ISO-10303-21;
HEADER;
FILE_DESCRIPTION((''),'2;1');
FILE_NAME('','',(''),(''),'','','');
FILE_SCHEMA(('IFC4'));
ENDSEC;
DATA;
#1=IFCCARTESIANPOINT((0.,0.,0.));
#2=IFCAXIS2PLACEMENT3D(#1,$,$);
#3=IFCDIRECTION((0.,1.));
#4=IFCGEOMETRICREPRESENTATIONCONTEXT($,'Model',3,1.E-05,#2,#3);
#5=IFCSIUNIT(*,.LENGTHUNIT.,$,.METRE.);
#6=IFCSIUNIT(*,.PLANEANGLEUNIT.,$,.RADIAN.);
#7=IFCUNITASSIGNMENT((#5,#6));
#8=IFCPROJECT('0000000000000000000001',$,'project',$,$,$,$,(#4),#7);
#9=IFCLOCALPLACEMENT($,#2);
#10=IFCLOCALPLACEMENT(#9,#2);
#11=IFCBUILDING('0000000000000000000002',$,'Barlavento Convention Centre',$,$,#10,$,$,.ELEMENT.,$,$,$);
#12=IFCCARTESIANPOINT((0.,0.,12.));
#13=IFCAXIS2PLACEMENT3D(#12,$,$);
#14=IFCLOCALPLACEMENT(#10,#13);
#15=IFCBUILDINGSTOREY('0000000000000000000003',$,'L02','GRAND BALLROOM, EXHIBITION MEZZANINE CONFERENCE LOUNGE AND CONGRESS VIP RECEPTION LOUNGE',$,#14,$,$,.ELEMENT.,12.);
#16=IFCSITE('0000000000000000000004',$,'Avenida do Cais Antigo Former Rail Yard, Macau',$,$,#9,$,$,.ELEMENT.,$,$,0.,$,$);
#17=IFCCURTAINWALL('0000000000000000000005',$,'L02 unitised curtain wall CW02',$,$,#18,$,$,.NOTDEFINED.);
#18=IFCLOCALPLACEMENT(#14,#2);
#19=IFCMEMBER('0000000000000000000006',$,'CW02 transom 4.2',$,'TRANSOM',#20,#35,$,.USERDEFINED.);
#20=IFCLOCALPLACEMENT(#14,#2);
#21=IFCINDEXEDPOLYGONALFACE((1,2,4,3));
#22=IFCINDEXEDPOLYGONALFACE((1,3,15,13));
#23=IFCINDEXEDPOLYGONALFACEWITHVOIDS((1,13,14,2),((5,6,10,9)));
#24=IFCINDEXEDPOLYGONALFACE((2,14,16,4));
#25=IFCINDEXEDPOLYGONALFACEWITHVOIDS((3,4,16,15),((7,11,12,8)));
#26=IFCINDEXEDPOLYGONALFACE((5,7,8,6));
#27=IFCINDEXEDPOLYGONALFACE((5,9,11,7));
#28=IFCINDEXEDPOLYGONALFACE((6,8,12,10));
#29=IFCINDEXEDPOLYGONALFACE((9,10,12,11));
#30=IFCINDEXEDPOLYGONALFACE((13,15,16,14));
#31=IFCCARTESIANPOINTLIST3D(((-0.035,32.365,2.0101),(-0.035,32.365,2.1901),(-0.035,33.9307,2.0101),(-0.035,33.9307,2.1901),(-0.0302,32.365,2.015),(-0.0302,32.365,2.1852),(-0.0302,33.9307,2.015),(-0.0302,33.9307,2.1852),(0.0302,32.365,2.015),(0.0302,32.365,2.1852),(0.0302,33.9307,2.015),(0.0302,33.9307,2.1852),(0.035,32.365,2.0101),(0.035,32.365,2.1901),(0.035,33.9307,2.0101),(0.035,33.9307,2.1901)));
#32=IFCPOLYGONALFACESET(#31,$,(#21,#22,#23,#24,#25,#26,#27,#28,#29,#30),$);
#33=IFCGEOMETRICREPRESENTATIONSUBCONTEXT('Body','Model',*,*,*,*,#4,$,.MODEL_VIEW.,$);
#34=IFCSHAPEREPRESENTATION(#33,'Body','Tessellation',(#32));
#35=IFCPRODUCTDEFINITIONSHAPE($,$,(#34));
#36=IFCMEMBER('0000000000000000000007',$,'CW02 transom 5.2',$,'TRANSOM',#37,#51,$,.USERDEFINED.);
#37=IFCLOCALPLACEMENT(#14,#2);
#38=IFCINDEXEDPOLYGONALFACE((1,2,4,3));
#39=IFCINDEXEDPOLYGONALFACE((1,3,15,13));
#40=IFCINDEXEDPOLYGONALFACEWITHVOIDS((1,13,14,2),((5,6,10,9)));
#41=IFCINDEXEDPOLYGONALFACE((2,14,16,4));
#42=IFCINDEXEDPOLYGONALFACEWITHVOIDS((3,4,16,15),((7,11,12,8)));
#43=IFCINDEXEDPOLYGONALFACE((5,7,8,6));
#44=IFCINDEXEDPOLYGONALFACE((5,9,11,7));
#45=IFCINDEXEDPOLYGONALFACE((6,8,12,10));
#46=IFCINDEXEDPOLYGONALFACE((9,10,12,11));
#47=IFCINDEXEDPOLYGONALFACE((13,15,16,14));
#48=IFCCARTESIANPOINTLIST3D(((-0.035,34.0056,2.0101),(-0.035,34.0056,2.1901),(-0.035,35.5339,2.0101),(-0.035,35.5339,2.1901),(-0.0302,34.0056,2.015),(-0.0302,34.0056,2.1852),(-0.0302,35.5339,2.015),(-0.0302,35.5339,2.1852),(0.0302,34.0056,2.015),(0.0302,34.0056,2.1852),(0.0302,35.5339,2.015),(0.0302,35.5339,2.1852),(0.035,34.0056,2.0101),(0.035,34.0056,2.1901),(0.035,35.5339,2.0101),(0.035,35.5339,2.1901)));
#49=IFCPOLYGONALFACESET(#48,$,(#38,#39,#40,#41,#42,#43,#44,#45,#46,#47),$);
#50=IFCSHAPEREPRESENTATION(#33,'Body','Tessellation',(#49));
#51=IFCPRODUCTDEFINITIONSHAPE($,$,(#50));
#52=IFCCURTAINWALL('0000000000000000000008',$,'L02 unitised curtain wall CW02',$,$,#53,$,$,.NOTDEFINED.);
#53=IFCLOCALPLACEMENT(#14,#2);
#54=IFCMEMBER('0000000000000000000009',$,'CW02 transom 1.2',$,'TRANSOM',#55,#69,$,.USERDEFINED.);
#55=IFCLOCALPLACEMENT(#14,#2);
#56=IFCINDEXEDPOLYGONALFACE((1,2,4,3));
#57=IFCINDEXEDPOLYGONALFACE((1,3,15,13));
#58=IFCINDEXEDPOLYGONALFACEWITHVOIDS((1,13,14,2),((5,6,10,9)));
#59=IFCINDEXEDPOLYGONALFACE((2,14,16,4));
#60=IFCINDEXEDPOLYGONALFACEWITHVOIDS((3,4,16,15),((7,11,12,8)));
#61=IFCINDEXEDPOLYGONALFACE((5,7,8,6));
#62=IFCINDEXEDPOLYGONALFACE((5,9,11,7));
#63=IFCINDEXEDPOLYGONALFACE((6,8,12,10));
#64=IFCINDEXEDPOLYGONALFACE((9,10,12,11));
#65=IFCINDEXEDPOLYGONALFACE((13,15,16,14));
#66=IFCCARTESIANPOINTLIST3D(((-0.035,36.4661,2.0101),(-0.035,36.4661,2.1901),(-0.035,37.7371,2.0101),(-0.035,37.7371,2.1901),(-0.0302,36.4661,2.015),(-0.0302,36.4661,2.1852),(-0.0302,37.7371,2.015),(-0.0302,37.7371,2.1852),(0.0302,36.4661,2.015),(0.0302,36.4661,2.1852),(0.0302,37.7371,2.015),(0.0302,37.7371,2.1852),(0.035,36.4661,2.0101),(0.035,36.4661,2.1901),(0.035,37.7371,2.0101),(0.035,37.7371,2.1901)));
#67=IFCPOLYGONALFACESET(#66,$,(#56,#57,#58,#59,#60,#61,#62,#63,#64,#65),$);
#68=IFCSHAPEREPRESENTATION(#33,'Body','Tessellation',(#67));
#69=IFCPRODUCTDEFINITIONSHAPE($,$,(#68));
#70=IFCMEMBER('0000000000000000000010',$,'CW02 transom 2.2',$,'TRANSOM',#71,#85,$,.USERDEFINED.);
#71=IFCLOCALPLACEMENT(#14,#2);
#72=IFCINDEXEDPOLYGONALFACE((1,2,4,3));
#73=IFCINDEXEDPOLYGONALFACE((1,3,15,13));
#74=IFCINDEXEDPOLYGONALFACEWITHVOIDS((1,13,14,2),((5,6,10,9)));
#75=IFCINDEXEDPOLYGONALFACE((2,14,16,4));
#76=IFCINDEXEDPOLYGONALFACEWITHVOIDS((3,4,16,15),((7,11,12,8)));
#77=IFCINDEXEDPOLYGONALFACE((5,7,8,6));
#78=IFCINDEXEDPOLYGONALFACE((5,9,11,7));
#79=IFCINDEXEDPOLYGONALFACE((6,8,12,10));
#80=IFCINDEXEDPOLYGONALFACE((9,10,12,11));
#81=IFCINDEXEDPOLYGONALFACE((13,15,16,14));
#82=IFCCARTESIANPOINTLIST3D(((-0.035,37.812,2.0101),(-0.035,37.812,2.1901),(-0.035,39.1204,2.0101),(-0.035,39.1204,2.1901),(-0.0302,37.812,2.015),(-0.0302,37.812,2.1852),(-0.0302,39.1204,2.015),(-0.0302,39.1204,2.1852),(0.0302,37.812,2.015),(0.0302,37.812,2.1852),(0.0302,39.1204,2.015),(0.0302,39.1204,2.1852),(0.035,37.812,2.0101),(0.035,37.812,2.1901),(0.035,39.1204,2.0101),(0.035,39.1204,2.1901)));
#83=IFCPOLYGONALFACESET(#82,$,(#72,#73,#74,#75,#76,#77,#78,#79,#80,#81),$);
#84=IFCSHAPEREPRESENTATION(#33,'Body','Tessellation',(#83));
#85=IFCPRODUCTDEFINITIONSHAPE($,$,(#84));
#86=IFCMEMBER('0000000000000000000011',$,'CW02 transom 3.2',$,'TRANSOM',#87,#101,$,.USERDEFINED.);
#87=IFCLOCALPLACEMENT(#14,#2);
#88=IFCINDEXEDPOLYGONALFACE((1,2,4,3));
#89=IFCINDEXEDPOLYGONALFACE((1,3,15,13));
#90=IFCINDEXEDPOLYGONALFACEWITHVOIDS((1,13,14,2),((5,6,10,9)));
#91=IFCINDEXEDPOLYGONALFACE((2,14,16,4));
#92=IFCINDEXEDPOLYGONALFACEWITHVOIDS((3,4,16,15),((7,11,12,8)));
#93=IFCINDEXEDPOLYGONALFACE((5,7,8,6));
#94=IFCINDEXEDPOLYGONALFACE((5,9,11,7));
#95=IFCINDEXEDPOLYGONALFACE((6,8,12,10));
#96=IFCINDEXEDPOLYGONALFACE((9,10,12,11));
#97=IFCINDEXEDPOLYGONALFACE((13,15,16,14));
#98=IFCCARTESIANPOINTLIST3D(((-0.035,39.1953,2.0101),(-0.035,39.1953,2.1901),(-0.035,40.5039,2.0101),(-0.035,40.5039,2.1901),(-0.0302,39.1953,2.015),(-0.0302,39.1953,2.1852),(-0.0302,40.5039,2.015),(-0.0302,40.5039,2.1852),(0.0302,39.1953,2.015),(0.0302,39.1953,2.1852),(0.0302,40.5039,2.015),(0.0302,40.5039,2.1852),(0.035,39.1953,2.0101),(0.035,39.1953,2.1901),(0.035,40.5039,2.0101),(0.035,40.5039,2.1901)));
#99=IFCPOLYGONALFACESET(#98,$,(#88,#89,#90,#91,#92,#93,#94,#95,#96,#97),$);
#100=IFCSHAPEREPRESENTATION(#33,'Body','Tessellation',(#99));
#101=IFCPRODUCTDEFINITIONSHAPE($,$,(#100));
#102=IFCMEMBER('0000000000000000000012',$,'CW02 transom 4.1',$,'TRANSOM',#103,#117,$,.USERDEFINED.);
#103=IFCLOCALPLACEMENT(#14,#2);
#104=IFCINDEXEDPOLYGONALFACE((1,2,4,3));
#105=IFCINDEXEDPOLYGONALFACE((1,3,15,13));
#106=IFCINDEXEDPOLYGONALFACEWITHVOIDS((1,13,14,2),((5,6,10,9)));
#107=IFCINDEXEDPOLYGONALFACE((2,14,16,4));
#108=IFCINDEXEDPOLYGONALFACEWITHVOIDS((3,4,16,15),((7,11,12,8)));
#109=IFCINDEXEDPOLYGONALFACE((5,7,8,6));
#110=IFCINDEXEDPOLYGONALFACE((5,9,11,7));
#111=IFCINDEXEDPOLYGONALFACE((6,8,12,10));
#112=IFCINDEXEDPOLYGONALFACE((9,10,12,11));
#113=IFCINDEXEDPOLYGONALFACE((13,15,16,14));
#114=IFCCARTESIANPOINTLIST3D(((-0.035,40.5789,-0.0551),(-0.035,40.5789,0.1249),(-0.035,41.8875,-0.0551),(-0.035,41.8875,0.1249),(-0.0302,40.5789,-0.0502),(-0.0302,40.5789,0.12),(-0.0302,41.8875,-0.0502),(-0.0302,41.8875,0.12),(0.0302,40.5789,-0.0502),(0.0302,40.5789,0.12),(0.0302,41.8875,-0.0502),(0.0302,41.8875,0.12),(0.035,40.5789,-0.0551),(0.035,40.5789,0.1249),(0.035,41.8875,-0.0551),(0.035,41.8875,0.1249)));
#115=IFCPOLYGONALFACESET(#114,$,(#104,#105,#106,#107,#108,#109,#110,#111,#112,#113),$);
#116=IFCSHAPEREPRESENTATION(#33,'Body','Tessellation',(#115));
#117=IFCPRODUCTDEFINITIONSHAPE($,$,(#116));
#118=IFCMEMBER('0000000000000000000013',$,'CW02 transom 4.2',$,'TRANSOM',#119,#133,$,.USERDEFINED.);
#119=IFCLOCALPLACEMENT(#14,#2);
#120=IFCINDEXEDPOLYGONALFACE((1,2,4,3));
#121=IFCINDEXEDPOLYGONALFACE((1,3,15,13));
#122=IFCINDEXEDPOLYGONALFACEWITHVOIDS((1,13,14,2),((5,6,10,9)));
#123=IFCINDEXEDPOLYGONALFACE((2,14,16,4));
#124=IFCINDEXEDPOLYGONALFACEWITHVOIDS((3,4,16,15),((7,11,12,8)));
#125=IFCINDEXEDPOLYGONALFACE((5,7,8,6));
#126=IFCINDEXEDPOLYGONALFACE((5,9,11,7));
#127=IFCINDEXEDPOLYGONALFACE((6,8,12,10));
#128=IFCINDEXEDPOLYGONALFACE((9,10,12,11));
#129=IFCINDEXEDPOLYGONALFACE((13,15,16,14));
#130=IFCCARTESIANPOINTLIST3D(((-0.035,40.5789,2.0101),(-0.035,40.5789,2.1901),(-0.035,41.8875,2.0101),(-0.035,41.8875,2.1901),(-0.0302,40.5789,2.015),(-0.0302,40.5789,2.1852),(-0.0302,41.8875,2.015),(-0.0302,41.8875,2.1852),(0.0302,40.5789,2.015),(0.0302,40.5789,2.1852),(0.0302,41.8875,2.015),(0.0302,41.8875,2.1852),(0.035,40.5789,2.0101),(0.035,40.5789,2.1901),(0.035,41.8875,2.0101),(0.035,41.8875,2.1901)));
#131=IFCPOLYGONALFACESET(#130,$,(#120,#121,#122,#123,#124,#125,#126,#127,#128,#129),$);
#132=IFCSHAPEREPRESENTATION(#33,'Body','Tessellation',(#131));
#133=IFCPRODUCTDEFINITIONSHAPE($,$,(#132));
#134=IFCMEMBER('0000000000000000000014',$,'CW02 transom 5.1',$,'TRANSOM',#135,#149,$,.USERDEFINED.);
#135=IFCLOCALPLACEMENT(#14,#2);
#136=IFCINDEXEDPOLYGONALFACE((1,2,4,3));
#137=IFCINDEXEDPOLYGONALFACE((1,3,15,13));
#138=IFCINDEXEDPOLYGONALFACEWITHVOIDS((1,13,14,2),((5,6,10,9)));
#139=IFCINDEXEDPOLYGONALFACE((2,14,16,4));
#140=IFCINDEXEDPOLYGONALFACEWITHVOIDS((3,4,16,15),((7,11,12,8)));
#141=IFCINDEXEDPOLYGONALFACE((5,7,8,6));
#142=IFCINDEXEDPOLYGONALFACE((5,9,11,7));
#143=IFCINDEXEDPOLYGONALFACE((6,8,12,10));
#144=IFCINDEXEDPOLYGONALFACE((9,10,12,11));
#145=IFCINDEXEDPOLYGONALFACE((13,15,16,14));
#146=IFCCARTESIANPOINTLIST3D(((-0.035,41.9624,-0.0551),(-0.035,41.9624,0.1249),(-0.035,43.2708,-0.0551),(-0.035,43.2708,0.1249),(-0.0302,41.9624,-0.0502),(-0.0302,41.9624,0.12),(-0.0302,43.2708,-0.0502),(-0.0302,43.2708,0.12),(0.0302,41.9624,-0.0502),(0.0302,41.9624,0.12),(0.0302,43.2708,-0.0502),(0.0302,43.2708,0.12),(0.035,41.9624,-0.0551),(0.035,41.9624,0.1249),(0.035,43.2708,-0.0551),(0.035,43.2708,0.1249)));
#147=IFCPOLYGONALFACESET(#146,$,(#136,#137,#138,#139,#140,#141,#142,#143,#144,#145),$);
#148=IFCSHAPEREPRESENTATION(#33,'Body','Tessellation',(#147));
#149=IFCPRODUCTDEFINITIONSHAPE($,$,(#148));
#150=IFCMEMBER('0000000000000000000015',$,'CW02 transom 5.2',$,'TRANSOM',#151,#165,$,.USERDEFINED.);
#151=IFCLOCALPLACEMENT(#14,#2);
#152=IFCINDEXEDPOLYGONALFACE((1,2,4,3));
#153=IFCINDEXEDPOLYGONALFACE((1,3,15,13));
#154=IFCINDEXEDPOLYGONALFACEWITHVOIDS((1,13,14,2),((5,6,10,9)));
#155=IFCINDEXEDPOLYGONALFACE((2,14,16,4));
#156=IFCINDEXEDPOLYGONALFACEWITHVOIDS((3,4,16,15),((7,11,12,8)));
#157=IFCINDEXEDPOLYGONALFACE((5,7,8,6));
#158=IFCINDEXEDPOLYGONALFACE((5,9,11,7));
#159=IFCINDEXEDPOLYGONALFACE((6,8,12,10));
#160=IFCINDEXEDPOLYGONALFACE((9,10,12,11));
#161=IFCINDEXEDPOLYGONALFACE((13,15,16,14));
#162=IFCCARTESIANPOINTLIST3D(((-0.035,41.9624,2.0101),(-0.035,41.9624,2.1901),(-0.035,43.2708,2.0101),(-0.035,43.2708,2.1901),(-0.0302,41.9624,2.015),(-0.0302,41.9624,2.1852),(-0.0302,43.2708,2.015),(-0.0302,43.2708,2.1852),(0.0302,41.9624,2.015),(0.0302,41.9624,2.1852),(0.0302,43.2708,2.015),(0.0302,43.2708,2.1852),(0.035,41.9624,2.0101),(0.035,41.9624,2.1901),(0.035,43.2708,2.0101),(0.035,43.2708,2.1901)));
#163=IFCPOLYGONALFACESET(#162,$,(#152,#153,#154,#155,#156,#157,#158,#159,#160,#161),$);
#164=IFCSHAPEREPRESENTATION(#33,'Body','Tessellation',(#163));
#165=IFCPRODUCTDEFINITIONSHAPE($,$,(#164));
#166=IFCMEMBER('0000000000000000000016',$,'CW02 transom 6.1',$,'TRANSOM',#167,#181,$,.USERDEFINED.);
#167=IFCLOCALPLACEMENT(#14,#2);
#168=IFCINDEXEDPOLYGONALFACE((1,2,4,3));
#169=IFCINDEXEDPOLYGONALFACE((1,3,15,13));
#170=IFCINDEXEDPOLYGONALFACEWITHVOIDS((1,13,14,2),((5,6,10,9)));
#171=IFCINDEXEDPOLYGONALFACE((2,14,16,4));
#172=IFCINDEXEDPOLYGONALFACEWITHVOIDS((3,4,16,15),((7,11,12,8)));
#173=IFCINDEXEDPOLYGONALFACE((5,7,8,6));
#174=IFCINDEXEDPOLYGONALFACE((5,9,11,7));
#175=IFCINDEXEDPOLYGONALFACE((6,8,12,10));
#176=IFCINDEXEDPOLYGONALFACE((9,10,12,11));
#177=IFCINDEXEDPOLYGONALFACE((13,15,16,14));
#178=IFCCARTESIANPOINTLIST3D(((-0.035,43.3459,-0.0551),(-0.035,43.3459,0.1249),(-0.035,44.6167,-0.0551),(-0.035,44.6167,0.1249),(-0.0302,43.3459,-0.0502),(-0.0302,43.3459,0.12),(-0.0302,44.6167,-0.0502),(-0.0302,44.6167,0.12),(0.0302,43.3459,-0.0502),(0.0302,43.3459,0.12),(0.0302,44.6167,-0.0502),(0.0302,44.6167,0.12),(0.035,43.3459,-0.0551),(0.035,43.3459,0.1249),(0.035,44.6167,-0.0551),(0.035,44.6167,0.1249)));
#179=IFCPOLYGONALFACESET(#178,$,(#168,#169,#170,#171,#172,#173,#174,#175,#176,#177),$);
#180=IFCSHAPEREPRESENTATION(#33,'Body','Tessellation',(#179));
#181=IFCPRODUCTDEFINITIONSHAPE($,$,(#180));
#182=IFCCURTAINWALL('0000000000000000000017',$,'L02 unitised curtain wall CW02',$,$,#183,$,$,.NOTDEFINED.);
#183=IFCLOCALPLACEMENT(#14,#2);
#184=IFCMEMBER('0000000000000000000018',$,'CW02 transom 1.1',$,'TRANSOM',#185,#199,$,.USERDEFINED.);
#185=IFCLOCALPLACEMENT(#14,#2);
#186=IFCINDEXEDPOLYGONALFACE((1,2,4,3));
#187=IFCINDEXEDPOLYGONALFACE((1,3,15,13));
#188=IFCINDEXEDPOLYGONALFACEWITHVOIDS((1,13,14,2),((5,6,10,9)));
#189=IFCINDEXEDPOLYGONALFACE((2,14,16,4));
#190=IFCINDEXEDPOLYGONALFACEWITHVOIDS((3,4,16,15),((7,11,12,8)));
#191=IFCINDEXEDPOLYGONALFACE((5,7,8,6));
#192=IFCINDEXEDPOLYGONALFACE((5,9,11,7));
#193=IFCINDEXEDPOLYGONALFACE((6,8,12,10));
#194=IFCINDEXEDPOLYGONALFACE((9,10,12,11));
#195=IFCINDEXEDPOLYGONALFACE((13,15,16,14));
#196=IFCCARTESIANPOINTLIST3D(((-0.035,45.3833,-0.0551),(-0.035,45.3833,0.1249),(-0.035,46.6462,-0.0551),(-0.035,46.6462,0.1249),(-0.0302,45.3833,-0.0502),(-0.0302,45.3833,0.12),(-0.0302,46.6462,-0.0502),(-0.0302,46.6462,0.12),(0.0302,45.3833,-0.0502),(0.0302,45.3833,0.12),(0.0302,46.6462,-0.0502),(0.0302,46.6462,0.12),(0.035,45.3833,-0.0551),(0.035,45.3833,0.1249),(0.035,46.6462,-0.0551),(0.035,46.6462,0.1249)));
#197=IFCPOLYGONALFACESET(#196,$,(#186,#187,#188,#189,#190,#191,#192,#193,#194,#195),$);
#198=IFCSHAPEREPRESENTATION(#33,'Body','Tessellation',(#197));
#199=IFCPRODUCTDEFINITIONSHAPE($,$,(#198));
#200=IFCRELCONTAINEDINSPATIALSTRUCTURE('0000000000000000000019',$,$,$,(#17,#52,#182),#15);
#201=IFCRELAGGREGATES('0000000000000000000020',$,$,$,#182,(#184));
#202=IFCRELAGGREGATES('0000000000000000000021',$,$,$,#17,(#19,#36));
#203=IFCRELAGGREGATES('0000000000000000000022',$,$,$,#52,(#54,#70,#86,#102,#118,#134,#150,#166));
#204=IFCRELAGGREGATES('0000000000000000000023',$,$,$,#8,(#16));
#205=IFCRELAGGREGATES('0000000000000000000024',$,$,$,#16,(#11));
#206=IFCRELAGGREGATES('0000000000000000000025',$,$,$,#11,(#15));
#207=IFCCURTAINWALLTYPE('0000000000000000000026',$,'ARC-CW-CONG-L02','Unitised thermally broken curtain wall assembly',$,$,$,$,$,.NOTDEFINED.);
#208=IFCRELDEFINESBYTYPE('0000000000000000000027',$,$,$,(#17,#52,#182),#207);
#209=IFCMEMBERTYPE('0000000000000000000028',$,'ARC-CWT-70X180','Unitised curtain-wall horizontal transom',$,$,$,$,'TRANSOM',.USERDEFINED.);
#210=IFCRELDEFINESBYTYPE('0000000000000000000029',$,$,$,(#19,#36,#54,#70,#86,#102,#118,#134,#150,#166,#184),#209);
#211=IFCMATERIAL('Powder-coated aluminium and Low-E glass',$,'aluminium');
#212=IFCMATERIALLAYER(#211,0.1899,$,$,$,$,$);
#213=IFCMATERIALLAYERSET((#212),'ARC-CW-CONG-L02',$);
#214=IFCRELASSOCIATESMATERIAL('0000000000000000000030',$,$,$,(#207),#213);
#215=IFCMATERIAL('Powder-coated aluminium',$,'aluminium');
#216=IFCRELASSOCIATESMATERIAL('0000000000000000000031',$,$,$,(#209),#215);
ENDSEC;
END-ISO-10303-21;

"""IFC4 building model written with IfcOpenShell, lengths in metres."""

from ifc_helpers import new_model, si_unit, direction, frame, origin, origin_2d, place, context, subcontext, project, spatial, hollow_rectangle, extrude, material, layer, layer_set, material_profile, profile_set, type_object, element, aggregate, save


model = new_model("IFC4")

# Units and contexts
model_context = context("Model", 3, precision=1e-05, world=origin(), true_north=direction((0.0, 1.0)))
body_context = subcontext(model_context, "Body", "Model", "MODEL_VIEW")
ifc_project = project(units=[si_unit("LENGTHUNIT", "METRE"), si_unit("PLANEANGLEUNIT", "RADIAN")], contexts=[model_context])

# Site, building, storey
site_placement = place(None, origin())
site = spatial("IfcSite", under=ifc_project, at=site_placement, Name="Avenida do Cais Antigo Former Rail Yard, Macau", CompositionType="ELEMENT", RefElevation=0.0)
building_placement = place(site_placement, origin())
building = spatial("IfcBuilding", under=site, at=building_placement, Name="Barlavento Convention Centre", CompositionType="ELEMENT")
storey_placement = place(building_placement, frame((0.0, 0.0, 12.0)))
storey = spatial("IfcBuildingStorey", under=building, at=storey_placement, Name="L02", Description="GRAND BALLROOM, EXHIBITION MEZZANINE CONFERENCE LOUNGE AND CONGRESS VIP RECEPTION LOUNGE", CompositionType="ELEMENT", Elevation=12.0)

# Curtain walls, members
ifc_material_1 = material(Name="Powder-coated aluminium and Low-E glass", Category="aluminium")
ifc_layer_1 = layer(ifc_material_1, 0.1899)
ifc_layer_set_1 = layer_set([ifc_layer_1], Name="ARC-CW-CONG-L02")
curtain_wall_type = type_object("IfcCurtainWallType", Name="ARC-CW-CONG-L02", Description="Unitised thermally broken curtain wall assembly", PredefinedType="NOTDEFINED", material=ifc_layer_set_1)
curtain_wall_1_placement = place(storey_placement, origin())
curtain_wall_1 = element("IfcCurtainWall", 1, at=curtain_wall_1_placement, inside=storey, type_object=curtain_wall_type, Name="L02 unitised curtain wall CW02", PredefinedType="NOTDEFINED")
ifc_material_2 = material(Name="Powder-coated aluminium", Category="aluminium")
ifc_material_profile = material_profile(ifc_material_2, hollow_rectangle(XDim=0.0701, YDim=0.1799, WallThickness=0.0049, at=origin_2d()), Name="AL-TRAN 70x180x5")
ifc_profile_set = profile_set([ifc_material_profile], Name="Powder-coated aluminium")
member_type = type_object("IfcMemberType", Name="ARC-CWT-70X180", Description="Unitised curtain-wall horizontal transom", ElementType="TRANSOM", PredefinedType="USERDEFINED", material=ifc_profile_set)
member_1_placement = place(storey_placement, frame((0.0, 32.365, 2.1001), z_axis=(0.0, 1.0, 0.0), x_axis=(-1.0, 0.0, 0.0)))
member_1 = element("IfcMember", 2, at=member_1_placement, type_object=member_type, Name="CW02 transom 4.2", ObjectType="TRANSOM", PredefinedType="USERDEFINED", context=body_context, shape_type="SweptSolid", body=[
    extrude(hollow_rectangle(XDim=0.0701, YDim=0.1799, WallThickness=0.0049, at=origin_2d()), origin(), (0.0, 0.0, 1.0), 1.5657),
])
member_2_placement = place(storey_placement, frame((0.0, 34.0056, 2.1001), z_axis=(0.0, 1.0, 0.0), x_axis=(-1.0, 0.0, 0.0)))
member_2 = element("IfcMember", 3, at=member_2_placement, type_object=member_type, Name="CW02 transom 5.2", ObjectType="TRANSOM", PredefinedType="USERDEFINED", context=body_context, shape_type="SweptSolid", body=[
    extrude(hollow_rectangle(XDim=0.0701, YDim=0.1799, WallThickness=0.0049, at=origin_2d()), origin(), (0.0, 0.0, 1.0), 1.5283),
])
curtain_wall_2_placement = place(storey_placement, origin())
curtain_wall_2 = element("IfcCurtainWall", 4, at=curtain_wall_2_placement, inside=storey, type_object=curtain_wall_type, Name="L02 unitised curtain wall CW02", PredefinedType="NOTDEFINED")
member_3_placement = place(storey_placement, frame((0.0, 36.4661, 2.1001), z_axis=(0.0, 1.0, 0.0), x_axis=(-1.0, 0.0, 0.0)))
member_3 = element("IfcMember", 5, at=member_3_placement, type_object=member_type, Name="CW02 transom 1.2", ObjectType="TRANSOM", PredefinedType="USERDEFINED", context=body_context, shape_type="SweptSolid", body=[
    extrude(hollow_rectangle(XDim=0.0701, YDim=0.1799, WallThickness=0.0049, at=origin_2d()), origin(), (0.0, 0.0, 1.0), 1.271),
])
member_4_placement = place(storey_placement, frame((0.0, 37.812, 2.1001), z_axis=(0.0, 1.0, 0.0), x_axis=(-1.0, 0.0, 0.0)))
member_4 = element("IfcMember", 6, at=member_4_placement, type_object=member_type, Name="CW02 transom 2.2", ObjectType="TRANSOM", PredefinedType="USERDEFINED", context=body_context, shape_type="SweptSolid", body=[
    extrude(hollow_rectangle(XDim=0.0701, YDim=0.1799, WallThickness=0.0049, at=origin_2d()), origin(), (0.0, 0.0, 1.0), 1.3083),
])
member_5_placement = place(storey_placement, frame((0.0, 39.1953, 2.1001), z_axis=(0.0, 1.0, 0.0), x_axis=(-1.0, 0.0, 0.0)))
member_5 = element("IfcMember", 7, at=member_5_placement, type_object=member_type, Name="CW02 transom 3.2", ObjectType="TRANSOM", PredefinedType="USERDEFINED", context=body_context, shape_type="SweptSolid", body=[
    extrude(hollow_rectangle(XDim=0.0701, YDim=0.1799, WallThickness=0.0049, at=origin_2d()), origin(), (0.0, 0.0, 1.0), 1.3086),
])
member_6_placement = place(storey_placement, frame((0.0, 40.5789, 0.0349), z_axis=(0.0, 1.0, 0.0), x_axis=(-1.0, 0.0, 0.0)))
member_6 = element("IfcMember", 8, at=member_6_placement, type_object=member_type, Name="CW02 transom 4.1", ObjectType="TRANSOM", PredefinedType="USERDEFINED", context=body_context, shape_type="SweptSolid", body=[
    extrude(hollow_rectangle(XDim=0.0701, YDim=0.1799, WallThickness=0.0049, at=origin_2d()), origin(), (0.0, 0.0, 1.0), 1.3086),
])
member_7_placement = place(storey_placement, frame((0.0, 40.5789, 2.1001), z_axis=(0.0, 1.0, 0.0), x_axis=(-1.0, 0.0, 0.0)))
member_7 = element("IfcMember", 9, at=member_7_placement, type_object=member_type, Name="CW02 transom 4.2", ObjectType="TRANSOM", PredefinedType="USERDEFINED", context=body_context, shape_type="SweptSolid", body=[
    extrude(hollow_rectangle(XDim=0.0701, YDim=0.1799, WallThickness=0.0049, at=origin_2d()), origin(), (0.0, 0.0, 1.0), 1.3086),
])
member_8_placement = place(storey_placement, frame((0.0, 41.9624, 0.0349), z_axis=(0.0, 1.0, 0.0), x_axis=(-1.0, 0.0, 0.0)))
member_8 = element("IfcMember", 10, at=member_8_placement, type_object=member_type, Name="CW02 transom 5.1", ObjectType="TRANSOM", PredefinedType="USERDEFINED", context=body_context, shape_type="SweptSolid", body=[
    extrude(hollow_rectangle(XDim=0.0701, YDim=0.1799, WallThickness=0.0049, at=origin_2d()), origin(), (0.0, 0.0, 1.0), 1.3083),
])
member_9_placement = place(storey_placement, frame((0.0, 41.9624, 2.1001), z_axis=(0.0, 1.0, 0.0), x_axis=(-1.0, 0.0, 0.0)))
member_9 = element("IfcMember", 11, at=member_9_placement, type_object=member_type, Name="CW02 transom 5.2", ObjectType="TRANSOM", PredefinedType="USERDEFINED", context=body_context, shape_type="SweptSolid", body=[
    extrude(hollow_rectangle(XDim=0.0701, YDim=0.1799, WallThickness=0.0049, at=origin_2d()), origin(), (0.0, 0.0, 1.0), 1.3083),
])
member_10_placement = place(storey_placement, frame((0.0, 43.3459, 0.0349), z_axis=(0.0, 1.0, 0.0), x_axis=(-1.0, 0.0, 0.0)))
member_10 = element("IfcMember", 12, at=member_10_placement, type_object=member_type, Name="CW02 transom 6.1", ObjectType="TRANSOM", PredefinedType="USERDEFINED", context=body_context, shape_type="SweptSolid", body=[
    extrude(hollow_rectangle(XDim=0.0701, YDim=0.1799, WallThickness=0.0049, at=origin_2d()), origin(), (0.0, 0.0, 1.0), 1.2708),
])

# Curtain wall, member
curtain_wall_3_placement = place(storey_placement, origin())
curtain_wall_3 = element("IfcCurtainWall", 13, at=curtain_wall_3_placement, inside=storey, type_object=curtain_wall_type, Name="L02 unitised curtain wall CW02", PredefinedType="NOTDEFINED")
member_11_placement = place(storey_placement, frame((0.0, 45.3833, 0.0349), z_axis=(0.0, 1.0, 0.0), x_axis=(-1.0, 0.0, 0.0)))
member_11 = element("IfcMember", 14, at=member_11_placement, type_object=member_type, Name="CW02 transom 1.1", ObjectType="TRANSOM", PredefinedType="USERDEFINED", context=body_context, shape_type="SweptSolid", body=[
    extrude(hollow_rectangle(XDim=0.0701, YDim=0.1799, WallThickness=0.0049, at=origin_2d()), origin(), (0.0, 0.0, 1.0), 1.2629),
])
aggregate(curtain_wall_3, [member_11])

aggregate(curtain_wall_1, [member_1, member_2])
aggregate(curtain_wall_2, [member_3, member_4, member_5, member_6, member_7, member_8, member_9, member_10])

save(model, "model.ifc")
